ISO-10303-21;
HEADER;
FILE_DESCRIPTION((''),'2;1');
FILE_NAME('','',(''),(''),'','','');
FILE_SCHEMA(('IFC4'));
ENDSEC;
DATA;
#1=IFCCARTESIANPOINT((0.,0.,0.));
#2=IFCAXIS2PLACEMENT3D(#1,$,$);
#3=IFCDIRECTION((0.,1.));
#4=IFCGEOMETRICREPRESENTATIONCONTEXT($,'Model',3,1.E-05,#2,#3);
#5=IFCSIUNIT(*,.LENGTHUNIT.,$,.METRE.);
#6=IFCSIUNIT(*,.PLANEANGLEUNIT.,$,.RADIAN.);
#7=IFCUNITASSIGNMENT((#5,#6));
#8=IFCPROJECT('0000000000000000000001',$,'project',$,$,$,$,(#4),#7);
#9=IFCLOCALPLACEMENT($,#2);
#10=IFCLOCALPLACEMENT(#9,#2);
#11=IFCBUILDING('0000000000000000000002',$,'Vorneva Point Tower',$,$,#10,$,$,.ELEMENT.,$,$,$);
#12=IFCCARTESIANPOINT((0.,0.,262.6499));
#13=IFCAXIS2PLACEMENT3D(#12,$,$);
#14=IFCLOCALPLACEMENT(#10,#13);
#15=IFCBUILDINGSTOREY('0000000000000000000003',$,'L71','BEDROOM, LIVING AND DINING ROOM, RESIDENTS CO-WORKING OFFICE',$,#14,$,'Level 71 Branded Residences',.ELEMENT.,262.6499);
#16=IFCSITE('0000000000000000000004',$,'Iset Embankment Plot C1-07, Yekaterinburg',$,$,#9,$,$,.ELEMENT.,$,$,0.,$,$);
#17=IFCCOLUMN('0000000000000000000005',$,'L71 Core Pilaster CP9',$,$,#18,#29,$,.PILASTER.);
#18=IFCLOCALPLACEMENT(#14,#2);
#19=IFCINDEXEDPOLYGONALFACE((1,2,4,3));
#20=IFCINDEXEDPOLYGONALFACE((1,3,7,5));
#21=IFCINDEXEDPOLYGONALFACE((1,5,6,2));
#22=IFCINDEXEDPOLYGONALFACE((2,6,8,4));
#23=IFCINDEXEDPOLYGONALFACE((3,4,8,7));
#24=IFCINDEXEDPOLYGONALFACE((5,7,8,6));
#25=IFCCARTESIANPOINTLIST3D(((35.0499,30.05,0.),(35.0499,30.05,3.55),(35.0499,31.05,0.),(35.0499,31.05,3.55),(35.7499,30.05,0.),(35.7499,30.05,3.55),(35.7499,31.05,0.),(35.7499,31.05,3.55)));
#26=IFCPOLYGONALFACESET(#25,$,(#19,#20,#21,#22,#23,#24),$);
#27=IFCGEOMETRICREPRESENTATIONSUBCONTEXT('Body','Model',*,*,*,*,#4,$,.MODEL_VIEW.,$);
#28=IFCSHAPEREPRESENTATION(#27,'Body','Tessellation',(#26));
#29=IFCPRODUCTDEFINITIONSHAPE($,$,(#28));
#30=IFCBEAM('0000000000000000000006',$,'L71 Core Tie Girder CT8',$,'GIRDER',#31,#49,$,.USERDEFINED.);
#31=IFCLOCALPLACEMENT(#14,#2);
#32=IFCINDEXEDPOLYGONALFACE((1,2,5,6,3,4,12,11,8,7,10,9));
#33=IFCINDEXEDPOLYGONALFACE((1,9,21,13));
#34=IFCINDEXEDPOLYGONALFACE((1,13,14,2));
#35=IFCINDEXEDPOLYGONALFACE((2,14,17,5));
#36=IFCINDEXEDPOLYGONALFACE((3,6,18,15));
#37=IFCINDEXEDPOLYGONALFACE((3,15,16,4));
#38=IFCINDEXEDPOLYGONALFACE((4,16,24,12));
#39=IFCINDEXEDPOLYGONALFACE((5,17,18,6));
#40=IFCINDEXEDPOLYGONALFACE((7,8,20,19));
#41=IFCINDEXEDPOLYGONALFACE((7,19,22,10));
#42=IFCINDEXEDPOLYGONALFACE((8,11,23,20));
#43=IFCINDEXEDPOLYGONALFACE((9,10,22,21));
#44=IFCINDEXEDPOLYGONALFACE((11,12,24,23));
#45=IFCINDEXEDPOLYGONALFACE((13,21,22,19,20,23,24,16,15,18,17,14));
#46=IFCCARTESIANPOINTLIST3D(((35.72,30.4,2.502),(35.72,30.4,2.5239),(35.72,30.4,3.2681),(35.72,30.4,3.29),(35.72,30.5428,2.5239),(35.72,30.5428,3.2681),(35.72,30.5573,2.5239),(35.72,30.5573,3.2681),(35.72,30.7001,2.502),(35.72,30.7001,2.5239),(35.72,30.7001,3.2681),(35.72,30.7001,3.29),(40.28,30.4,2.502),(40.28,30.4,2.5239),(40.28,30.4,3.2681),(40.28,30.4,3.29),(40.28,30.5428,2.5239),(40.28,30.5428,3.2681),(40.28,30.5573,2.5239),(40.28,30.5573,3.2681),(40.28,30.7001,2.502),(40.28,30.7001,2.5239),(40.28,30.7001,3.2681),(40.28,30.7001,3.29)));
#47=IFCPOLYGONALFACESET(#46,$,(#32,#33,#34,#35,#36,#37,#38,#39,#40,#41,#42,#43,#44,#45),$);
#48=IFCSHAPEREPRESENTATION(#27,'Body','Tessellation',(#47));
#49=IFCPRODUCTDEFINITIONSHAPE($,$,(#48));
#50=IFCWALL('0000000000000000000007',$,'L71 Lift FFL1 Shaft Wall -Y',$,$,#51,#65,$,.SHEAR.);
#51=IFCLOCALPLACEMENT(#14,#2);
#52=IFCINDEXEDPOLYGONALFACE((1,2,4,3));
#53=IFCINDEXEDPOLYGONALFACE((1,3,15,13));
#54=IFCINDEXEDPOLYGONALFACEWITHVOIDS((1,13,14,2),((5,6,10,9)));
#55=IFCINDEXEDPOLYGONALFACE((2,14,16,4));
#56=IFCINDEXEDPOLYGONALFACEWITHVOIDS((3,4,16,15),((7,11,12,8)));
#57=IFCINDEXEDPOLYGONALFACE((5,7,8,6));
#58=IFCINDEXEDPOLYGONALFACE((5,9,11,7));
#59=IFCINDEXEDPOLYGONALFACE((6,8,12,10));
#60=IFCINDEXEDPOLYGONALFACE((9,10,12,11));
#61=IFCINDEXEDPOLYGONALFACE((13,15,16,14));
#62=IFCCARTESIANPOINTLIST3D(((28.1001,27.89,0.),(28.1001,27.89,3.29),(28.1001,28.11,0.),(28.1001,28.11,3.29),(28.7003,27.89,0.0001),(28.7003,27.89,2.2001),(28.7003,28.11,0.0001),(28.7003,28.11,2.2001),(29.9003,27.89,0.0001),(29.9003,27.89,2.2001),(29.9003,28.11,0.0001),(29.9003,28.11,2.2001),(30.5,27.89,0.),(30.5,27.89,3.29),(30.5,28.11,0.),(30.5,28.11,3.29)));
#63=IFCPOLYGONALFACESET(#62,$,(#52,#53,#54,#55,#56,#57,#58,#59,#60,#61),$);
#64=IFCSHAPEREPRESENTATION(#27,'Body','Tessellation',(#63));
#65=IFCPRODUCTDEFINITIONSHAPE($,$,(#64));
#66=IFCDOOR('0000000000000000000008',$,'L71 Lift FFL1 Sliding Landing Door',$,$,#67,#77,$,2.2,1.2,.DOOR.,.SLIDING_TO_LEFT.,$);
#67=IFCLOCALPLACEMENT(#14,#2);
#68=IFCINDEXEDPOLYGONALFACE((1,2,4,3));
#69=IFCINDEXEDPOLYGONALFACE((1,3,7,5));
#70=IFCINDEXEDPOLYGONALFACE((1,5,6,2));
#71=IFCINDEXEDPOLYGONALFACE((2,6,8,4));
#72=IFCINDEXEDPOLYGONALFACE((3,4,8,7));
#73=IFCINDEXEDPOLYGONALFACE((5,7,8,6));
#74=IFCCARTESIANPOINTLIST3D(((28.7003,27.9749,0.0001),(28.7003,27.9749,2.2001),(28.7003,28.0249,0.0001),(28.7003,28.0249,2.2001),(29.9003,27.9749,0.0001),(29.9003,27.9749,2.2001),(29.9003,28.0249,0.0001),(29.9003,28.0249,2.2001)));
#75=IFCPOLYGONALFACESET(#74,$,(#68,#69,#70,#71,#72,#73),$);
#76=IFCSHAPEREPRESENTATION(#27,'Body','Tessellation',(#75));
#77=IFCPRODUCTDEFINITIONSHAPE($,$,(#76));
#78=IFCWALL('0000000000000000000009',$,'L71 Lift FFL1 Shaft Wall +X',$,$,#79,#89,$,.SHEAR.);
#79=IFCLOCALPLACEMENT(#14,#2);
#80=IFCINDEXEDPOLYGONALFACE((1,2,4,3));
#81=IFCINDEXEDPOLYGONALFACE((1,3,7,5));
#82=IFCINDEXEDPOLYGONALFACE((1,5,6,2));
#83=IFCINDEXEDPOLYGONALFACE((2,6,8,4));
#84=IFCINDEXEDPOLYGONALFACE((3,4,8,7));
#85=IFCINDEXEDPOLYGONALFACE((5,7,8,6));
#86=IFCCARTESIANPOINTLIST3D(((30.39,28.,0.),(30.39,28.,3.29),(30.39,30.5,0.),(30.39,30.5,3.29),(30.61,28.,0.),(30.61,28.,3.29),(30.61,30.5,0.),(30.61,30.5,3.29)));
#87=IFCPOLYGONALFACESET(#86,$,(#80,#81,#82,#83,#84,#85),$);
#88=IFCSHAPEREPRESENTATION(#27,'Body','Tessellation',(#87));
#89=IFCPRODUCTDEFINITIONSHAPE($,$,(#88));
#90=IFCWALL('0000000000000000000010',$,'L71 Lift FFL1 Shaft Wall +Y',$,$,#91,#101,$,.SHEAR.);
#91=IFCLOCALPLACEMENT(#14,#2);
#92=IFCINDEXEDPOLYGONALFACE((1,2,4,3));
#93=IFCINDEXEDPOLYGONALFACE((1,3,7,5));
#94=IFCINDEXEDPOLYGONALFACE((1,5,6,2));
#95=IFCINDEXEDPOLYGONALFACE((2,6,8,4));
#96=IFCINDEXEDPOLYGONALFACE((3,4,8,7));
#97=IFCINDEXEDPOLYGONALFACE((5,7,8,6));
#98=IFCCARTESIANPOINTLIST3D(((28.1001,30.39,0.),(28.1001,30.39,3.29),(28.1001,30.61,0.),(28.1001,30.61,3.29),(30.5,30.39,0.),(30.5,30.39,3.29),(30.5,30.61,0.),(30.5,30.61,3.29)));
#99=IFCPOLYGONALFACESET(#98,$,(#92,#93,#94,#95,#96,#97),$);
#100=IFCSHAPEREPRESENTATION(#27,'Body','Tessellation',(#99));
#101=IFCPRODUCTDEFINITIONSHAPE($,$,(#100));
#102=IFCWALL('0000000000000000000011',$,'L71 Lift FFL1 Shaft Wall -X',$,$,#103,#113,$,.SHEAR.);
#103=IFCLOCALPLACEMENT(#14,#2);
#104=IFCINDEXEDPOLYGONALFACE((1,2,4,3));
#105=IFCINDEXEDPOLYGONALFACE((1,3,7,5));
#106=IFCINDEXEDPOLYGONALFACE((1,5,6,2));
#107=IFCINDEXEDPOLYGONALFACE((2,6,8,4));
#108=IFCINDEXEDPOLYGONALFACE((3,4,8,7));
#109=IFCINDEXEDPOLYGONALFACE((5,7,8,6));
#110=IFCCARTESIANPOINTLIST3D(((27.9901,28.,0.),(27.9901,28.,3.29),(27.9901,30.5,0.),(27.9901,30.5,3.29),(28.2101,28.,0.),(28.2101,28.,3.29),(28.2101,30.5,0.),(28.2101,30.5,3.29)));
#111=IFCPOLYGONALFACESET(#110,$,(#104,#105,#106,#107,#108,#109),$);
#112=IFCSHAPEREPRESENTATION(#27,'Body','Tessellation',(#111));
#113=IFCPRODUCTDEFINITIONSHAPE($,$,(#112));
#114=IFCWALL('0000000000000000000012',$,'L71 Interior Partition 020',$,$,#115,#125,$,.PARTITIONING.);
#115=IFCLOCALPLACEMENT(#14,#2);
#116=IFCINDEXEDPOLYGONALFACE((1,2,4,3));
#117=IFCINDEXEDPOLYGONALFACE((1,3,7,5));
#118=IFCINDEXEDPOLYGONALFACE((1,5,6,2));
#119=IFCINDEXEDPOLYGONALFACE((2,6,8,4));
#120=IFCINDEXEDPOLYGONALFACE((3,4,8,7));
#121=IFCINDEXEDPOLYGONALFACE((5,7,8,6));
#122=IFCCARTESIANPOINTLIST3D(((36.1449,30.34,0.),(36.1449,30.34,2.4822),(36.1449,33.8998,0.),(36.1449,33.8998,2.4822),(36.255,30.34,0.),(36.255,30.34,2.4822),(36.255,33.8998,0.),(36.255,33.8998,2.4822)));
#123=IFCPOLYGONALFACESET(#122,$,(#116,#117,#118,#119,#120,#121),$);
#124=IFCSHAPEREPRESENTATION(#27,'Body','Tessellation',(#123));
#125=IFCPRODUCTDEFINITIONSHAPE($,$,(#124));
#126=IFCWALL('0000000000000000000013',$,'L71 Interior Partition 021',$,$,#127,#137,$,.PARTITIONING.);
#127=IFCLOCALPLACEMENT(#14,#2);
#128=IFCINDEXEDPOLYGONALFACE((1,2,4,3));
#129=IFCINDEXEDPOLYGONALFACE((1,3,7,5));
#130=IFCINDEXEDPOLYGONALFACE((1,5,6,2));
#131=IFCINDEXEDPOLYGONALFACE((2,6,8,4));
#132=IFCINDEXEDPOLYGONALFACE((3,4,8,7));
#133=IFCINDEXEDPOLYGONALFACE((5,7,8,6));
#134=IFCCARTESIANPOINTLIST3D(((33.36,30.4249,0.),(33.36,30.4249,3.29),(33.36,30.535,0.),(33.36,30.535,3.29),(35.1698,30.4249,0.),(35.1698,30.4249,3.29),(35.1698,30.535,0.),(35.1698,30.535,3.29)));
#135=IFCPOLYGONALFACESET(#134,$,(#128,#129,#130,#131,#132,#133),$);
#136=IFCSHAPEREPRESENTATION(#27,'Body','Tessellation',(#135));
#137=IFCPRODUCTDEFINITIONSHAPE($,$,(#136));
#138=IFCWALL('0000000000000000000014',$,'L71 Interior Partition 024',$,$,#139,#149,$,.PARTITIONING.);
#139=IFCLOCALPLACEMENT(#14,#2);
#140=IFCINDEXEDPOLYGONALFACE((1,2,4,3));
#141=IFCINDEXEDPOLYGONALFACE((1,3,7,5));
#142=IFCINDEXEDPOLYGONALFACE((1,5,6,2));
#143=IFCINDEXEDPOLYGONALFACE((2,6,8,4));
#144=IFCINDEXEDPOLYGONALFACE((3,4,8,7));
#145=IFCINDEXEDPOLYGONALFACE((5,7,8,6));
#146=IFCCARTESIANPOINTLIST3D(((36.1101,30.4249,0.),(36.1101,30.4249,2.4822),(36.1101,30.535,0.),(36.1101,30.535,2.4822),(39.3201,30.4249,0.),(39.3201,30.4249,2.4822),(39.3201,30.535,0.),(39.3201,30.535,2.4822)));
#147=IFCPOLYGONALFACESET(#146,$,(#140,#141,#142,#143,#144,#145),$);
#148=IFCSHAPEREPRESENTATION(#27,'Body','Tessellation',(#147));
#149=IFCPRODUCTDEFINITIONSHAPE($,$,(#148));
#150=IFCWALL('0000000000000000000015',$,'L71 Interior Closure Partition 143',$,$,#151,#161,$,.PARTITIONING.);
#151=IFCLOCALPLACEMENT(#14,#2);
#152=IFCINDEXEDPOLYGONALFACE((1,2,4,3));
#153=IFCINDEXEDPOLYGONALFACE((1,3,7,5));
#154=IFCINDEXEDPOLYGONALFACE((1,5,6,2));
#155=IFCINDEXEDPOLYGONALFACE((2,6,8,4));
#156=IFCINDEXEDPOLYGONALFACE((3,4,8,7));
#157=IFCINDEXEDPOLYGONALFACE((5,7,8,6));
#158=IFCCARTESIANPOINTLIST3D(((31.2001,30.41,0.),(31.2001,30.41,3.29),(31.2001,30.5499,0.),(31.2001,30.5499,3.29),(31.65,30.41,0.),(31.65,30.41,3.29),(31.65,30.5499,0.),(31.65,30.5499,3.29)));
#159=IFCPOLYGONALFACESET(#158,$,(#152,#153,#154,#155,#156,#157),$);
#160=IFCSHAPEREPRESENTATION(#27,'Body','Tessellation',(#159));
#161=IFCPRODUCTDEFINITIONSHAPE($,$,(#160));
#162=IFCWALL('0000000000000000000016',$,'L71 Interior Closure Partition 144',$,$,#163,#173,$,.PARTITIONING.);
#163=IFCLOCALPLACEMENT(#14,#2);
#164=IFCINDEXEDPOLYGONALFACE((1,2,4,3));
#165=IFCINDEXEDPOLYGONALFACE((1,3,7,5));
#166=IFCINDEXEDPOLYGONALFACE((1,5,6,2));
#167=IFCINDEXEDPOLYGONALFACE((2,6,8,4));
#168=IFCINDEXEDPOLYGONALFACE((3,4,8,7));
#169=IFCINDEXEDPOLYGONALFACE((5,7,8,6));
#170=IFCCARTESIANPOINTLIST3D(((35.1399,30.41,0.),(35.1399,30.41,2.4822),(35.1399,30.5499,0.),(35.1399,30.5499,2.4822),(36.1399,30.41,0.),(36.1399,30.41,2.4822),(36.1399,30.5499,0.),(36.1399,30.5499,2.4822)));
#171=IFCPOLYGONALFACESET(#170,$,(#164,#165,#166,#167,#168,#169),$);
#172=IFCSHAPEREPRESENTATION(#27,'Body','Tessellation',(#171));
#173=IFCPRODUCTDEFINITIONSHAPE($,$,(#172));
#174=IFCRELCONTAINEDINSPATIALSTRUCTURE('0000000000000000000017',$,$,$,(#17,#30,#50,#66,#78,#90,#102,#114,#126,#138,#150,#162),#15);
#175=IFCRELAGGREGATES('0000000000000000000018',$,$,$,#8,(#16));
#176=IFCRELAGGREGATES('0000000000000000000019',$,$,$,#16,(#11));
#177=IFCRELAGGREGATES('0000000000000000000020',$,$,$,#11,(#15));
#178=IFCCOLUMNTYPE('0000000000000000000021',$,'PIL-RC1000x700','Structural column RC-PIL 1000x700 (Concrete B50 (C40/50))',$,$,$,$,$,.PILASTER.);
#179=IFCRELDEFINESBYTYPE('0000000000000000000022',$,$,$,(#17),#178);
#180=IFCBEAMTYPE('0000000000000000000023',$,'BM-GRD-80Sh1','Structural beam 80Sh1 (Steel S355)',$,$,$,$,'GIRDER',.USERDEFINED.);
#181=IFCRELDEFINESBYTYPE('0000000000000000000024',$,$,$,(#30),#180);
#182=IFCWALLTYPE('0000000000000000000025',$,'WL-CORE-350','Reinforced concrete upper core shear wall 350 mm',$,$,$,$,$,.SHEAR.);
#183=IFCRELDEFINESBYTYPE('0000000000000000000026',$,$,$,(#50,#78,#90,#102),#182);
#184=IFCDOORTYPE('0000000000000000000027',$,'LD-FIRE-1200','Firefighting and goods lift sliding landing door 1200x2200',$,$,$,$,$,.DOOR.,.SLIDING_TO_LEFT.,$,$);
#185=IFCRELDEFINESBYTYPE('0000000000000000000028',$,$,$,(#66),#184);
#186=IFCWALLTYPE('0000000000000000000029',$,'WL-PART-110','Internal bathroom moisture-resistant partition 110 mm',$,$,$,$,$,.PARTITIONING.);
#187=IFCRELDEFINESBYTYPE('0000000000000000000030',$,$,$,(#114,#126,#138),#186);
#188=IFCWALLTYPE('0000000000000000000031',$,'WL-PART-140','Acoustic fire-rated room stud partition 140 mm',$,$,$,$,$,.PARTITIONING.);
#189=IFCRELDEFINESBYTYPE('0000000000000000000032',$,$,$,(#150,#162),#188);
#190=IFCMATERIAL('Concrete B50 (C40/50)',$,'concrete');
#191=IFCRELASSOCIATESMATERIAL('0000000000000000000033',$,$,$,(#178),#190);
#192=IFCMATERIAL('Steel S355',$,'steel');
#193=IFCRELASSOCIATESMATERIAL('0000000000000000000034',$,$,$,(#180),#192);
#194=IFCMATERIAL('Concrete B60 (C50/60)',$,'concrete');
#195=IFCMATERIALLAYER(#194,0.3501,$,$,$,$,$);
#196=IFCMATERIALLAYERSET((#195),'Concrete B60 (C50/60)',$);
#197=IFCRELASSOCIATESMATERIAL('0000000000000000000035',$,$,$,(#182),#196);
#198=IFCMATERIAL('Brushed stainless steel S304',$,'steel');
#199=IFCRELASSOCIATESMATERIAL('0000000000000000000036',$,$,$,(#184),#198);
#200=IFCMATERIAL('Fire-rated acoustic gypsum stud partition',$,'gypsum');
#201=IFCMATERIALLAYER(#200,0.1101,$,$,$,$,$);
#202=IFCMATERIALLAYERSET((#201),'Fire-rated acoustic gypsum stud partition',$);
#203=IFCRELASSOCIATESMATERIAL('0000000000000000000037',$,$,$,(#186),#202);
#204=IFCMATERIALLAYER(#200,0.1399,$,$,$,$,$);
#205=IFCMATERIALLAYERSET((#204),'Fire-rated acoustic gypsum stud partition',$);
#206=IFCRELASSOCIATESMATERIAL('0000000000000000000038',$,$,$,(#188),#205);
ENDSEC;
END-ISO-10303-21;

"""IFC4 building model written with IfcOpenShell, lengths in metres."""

from ifc_helpers import new_model, si_unit, direction, frame, frame_2d, origin, origin_2d, place, context, subcontext, project, spatial, rectangle, i_section, extrude, material, layer, layer_set, material_profile, profile_set, type_object, element, fill, save


model = new_model("IFC4")

# Units and contexts
model_context = context("Model", 3, precision=1e-05, world=origin(), true_north=direction((0.0, 1.0)))
body_context = subcontext(model_context, "Body", "Model", "MODEL_VIEW")
ifc_project = project(units=[si_unit("LENGTHUNIT", "METRE"), si_unit("PLANEANGLEUNIT", "RADIAN")], contexts=[model_context])

# Site, building, storey
site_placement = place(None, origin())
site = spatial("IfcSite", under=ifc_project, at=site_placement, Name="Iset Embankment Plot C1-07, Yekaterinburg", CompositionType="ELEMENT", RefElevation=0.0)
building_placement = place(site_placement, origin())
building = spatial("IfcBuilding", under=site, at=building_placement, Name="Vorneva Point Tower", CompositionType="ELEMENT")
storey_placement = place(building_placement, frame((0.0, 0.0, 262.6499)))
storey = spatial("IfcBuildingStorey", under=building, at=storey_placement, Name="L71", Description="BEDROOM, LIVING AND DINING ROOM, RESIDENTS CO-WORKING OFFICE", LongName="Level 71 Branded Residences", CompositionType="ELEMENT", Elevation=262.6499)

# Column
ifc_material_1 = material(Name="Concrete B50 (C40/50)", Category="concrete")
ifc_material_profile_1 = material_profile(ifc_material_1, rectangle(XDim=0.7, YDim=1.0, at=origin_2d()), Name="RC-PIL 1000x700")
ifc_profile_set_1 = profile_set([ifc_material_profile_1], Name="Concrete B50 (C40/50)")
column_type = type_object("IfcColumnType", Name="PIL-RC1000x700", Description="Structural column RC-PIL 1000x700 (Concrete B50 (C40/50))", PredefinedType="PILASTER", material=ifc_profile_set_1)
column_placement = place(storey_placement, frame((35.3999, 30.55, 0.0), z_axis=(0.0, 0.0, 1.0), x_axis=(1.0, 0.0, 0.0)))
element("IfcColumn", 1, at=column_placement, inside=storey, type_object=column_type, Name="L71 Core Pilaster CP9", PredefinedType="PILASTER", context=body_context, shape_type="SweptSolid", body=[
    extrude(rectangle(XDim=0.7, YDim=1.0, at=origin_2d()), origin(), (0.0, 0.0, 1.0), 3.55),
])

# Beam
ifc_material_2 = material(Name="Steel S355", Category="steel")
ifc_material_profile_2 = material_profile(ifc_material_2, i_section(OverallWidth=0.3, OverallDepth=0.7881, WebThickness=0.0144, FlangeThickness=0.022, at=origin_2d()), Name="80Sh1")
ifc_profile_set_2 = profile_set([ifc_material_profile_2], Name="Steel S355")
beam_type = type_object("IfcBeamType", Name="BM-GRD-80Sh1", Description="Structural beam 80Sh1 (Steel S355)", ElementType="GIRDER", PredefinedType="USERDEFINED", material=ifc_profile_set_2)
beam_placement = place(storey_placement, frame((35.72, 30.55, 2.896), z_axis=(1.0, 0.0, 0.0), x_axis=(0.0, 1.0, 0.0)))
element("IfcBeam", 2, at=beam_placement, inside=storey, type_object=beam_type, Name="L71 Core Tie Girder CT8", ObjectType="GIRDER", PredefinedType="USERDEFINED", context=body_context, shape_type="SweptSolid", body=[
    extrude(i_section(OverallWidth=0.3, OverallDepth=0.7881, WebThickness=0.0144, FlangeThickness=0.022, at=origin_2d()), origin(), (0.0, 0.0, 1.0), 4.5601),
])

# Wall, opening, door
ifc_material_3 = material(Name="Concrete B60 (C50/60)", Category="concrete")
ifc_layer_1 = layer(ifc_material_3, 0.3501)
ifc_layer_set_1 = layer_set([ifc_layer_1], Name="Concrete B60 (C50/60)")
wall_type_1 = type_object("IfcWallType", Name="WL-CORE-350", Description="Reinforced concrete upper core shear wall 350 mm", PredefinedType="SHEAR", material=ifc_layer_set_1)
wall_1_placement = place(storey_placement, frame((28.1001, 28.0, 0.0), z_axis=(0.0, 0.0, 1.0), x_axis=(1.0, 0.0, 0.0)))
wall_1 = element("IfcWall", 3, at=wall_1_placement, inside=storey, type_object=wall_type_1, Name="L71 Lift FFL1 Shaft Wall -Y", PredefinedType="SHEAR", context=body_context, shape_type="SweptSolid", body=[
    extrude(rectangle(XDim=2.3999, YDim=0.22, at=frame_2d((1.2, 0.0))), origin(), (0.0, 0.0, 1.0), 3.29),
])
opening_1_placement = place(wall_1_placement, frame((0.6001, 0.0, 0.0)))
opening_1 = element("IfcOpeningElement", 4, at=opening_1_placement, cuts=wall_1, PredefinedType="OPENING", context=body_context, shape_type="SweptSolid", body=[
    extrude(rectangle(XDim=1.2, YDim=2.2, at=frame_2d((0.6001, 1.1001))), frame((0.0, 0.125, 0.0), z_axis=(0.0, -1.0, 0.0), x_axis=(1.0, 0.0, 0.0)), (0.0, 0.0, 1.0), 0.2498),
])
ifc_material_4 = material(Name="Brushed stainless steel S304", Category="steel")
door_type_1 = type_object("IfcDoorType", Name="LD-FIRE-1200", Description="Firefighting and goods lift sliding landing door 1200x2200", OperationType="SLIDING_TO_LEFT", PredefinedType="DOOR", material=ifc_material_4)
door_1_placement = place(opening_1_placement, origin())
door_1 = element("IfcDoor", 5, at=door_1_placement, inside=storey, type_object=door_type_1, Name="L71 Lift FFL1 Sliding Landing Door", OperationType="SLIDING_TO_LEFT", OverallHeight=2.2, OverallWidth=1.2, PredefinedType="DOOR", context=body_context, shape_type="SweptSolid", body=[
    extrude(rectangle(XDim=1.2, YDim=2.2, at=frame_2d((0.6001, 1.1001))), frame((0.0, 0.0249, 0.0), z_axis=(0.0, -1.0, 0.0), x_axis=(1.0, 0.0, 0.0)), (0.0, 0.0, 1.0), 0.05),
])
fill(opening_1, door_1)

# Walls
wall_2_placement = place(storey_placement, frame((30.5, 28.0, 0.0), z_axis=(0.0, 0.0, 1.0), x_axis=(0.0, 1.0, 0.0)))
element("IfcWall", 6, at=wall_2_placement, inside=storey, type_object=wall_type_1, Name="L71 Lift FFL1 Shaft Wall +X", PredefinedType="SHEAR", context=body_context, shape_type="SweptSolid", body=[
    extrude(rectangle(XDim=2.5, YDim=0.22, at=frame_2d((1.25, 0.0))), origin(), (0.0, 0.0, 1.0), 3.29),
])
wall_3_placement = place(storey_placement, frame((30.5, 30.5, 0.0), z_axis=(0.0, 0.0, 1.0), x_axis=(-1.0, 0.0, 0.0)))
element("IfcWall", 7, at=wall_3_placement, inside=storey, type_object=wall_type_1, Name="L71 Lift FFL1 Shaft Wall +Y", PredefinedType="SHEAR", context=body_context, shape_type="SweptSolid", body=[
    extrude(rectangle(XDim=2.3999, YDim=0.22, at=frame_2d((1.2, 0.0))), origin(), (0.0, 0.0, 1.0), 3.29),
])
wall_4_placement = place(storey_placement, frame((28.1001, 30.5, 0.0), z_axis=(0.0, 0.0, 1.0), x_axis=(0.0, -1.0, 0.0)))
element("IfcWall", 8, at=wall_4_placement, inside=storey, type_object=wall_type_1, Name="L71 Lift FFL1 Shaft Wall -X", PredefinedType="SHEAR", context=body_context, shape_type="SweptSolid", body=[
    extrude(rectangle(XDim=2.5, YDim=0.22, at=frame_2d((1.25, 0.0))), origin(), (0.0, 0.0, 1.0), 3.29),
])
ifc_material_5 = material(Name="Fire-rated acoustic gypsum stud partition", Category="gypsum")
ifc_layer_2 = layer(ifc_material_5, 0.1101)
ifc_layer_set_2 = layer_set([ifc_layer_2], Name="Fire-rated acoustic gypsum stud partition")
wall_type_2 = type_object("IfcWallType", Name="WL-PART-110", Description="Internal bathroom moisture-resistant partition 110 mm", PredefinedType="PARTITIONING", material=ifc_layer_set_2)
wall_5_placement = place(storey_placement, frame((36.2, 30.3401, 0.0), z_axis=(0.0, 0.0, 1.0), x_axis=(0.0, 1.0, 0.0)))
element("IfcWall", 9, at=wall_5_placement, inside=storey, type_object=wall_type_2, Name="L71 Interior Partition 020", PredefinedType="PARTITIONING", context=body_context, shape_type="SweptSolid", body=[
    extrude(rectangle(XDim=3.5598, YDim=0.1101, at=frame_2d((1.7798, 0.0))), origin(), (0.0, 0.0, 1.0), 2.4822),
])
wall_6_placement = place(storey_placement, frame((33.3601, 30.48, 0.0), z_axis=(0.0, 0.0, 1.0), x_axis=(1.0, 0.0, 0.0)))
element("IfcWall", 10, at=wall_6_placement, inside=storey, type_object=wall_type_2, Name="L71 Interior Partition 021", PredefinedType="PARTITIONING", context=body_context, shape_type="SweptSolid", body=[
    extrude(rectangle(XDim=1.8098, YDim=0.1101, at=frame_2d((0.9048, 0.0))), origin(), (0.0, 0.0, 1.0), 3.29),
])
wall_7_placement = place(storey_placement, frame((36.1101, 30.48, 0.0), z_axis=(0.0, 0.0, 1.0), x_axis=(1.0, 0.0, 0.0)))
element("IfcWall", 11, at=wall_7_placement, inside=storey, type_object=wall_type_2, Name="L71 Interior Partition 024", PredefinedType="PARTITIONING", context=body_context, shape_type="SweptSolid", body=[
    extrude(rectangle(XDim=3.21, YDim=0.1101, at=frame_2d((1.605, 0.0))), origin(), (0.0, 0.0, 1.0), 2.4822),
])
ifc_layer_3 = layer(ifc_material_5, 0.1399)
ifc_layer_set_3 = layer_set([ifc_layer_3], Name="Fire-rated acoustic gypsum stud partition")
wall_type_3 = type_object("IfcWallType", Name="WL-PART-140", Description="Acoustic fire-rated room stud partition 140 mm", PredefinedType="PARTITIONING", material=ifc_layer_set_3)
wall_8_placement = place(storey_placement, frame((31.2, 30.48, 0.0), z_axis=(0.0, 0.0, 1.0), x_axis=(1.0, 0.0, 0.0)))
element("IfcWall", 12, at=wall_8_placement, inside=storey, type_object=wall_type_3, Name="L71 Interior Closure Partition 143", PredefinedType="PARTITIONING", context=body_context, shape_type="SweptSolid", body=[
    extrude(rectangle(XDim=0.45, YDim=0.1399, at=frame_2d((0.2251, 0.0))), origin(), (0.0, 0.0, 1.0), 3.29),
])
wall_9_placement = place(storey_placement, frame((35.1399, 30.48, 0.0), z_axis=(0.0, 0.0, 1.0), x_axis=(1.0, 0.0, 0.0)))
element("IfcWall", 13, at=wall_9_placement, inside=storey, type_object=wall_type_3, Name="L71 Interior Closure Partition 144", PredefinedType="PARTITIONING", context=body_context, shape_type="SweptSolid", body=[
    extrude(rectangle(XDim=1.0, YDim=0.1399, at=frame_2d((0.5, 0.0))), origin(), (0.0, 0.0, 1.0), 2.4822),
])

save(model, "model.ifc")
